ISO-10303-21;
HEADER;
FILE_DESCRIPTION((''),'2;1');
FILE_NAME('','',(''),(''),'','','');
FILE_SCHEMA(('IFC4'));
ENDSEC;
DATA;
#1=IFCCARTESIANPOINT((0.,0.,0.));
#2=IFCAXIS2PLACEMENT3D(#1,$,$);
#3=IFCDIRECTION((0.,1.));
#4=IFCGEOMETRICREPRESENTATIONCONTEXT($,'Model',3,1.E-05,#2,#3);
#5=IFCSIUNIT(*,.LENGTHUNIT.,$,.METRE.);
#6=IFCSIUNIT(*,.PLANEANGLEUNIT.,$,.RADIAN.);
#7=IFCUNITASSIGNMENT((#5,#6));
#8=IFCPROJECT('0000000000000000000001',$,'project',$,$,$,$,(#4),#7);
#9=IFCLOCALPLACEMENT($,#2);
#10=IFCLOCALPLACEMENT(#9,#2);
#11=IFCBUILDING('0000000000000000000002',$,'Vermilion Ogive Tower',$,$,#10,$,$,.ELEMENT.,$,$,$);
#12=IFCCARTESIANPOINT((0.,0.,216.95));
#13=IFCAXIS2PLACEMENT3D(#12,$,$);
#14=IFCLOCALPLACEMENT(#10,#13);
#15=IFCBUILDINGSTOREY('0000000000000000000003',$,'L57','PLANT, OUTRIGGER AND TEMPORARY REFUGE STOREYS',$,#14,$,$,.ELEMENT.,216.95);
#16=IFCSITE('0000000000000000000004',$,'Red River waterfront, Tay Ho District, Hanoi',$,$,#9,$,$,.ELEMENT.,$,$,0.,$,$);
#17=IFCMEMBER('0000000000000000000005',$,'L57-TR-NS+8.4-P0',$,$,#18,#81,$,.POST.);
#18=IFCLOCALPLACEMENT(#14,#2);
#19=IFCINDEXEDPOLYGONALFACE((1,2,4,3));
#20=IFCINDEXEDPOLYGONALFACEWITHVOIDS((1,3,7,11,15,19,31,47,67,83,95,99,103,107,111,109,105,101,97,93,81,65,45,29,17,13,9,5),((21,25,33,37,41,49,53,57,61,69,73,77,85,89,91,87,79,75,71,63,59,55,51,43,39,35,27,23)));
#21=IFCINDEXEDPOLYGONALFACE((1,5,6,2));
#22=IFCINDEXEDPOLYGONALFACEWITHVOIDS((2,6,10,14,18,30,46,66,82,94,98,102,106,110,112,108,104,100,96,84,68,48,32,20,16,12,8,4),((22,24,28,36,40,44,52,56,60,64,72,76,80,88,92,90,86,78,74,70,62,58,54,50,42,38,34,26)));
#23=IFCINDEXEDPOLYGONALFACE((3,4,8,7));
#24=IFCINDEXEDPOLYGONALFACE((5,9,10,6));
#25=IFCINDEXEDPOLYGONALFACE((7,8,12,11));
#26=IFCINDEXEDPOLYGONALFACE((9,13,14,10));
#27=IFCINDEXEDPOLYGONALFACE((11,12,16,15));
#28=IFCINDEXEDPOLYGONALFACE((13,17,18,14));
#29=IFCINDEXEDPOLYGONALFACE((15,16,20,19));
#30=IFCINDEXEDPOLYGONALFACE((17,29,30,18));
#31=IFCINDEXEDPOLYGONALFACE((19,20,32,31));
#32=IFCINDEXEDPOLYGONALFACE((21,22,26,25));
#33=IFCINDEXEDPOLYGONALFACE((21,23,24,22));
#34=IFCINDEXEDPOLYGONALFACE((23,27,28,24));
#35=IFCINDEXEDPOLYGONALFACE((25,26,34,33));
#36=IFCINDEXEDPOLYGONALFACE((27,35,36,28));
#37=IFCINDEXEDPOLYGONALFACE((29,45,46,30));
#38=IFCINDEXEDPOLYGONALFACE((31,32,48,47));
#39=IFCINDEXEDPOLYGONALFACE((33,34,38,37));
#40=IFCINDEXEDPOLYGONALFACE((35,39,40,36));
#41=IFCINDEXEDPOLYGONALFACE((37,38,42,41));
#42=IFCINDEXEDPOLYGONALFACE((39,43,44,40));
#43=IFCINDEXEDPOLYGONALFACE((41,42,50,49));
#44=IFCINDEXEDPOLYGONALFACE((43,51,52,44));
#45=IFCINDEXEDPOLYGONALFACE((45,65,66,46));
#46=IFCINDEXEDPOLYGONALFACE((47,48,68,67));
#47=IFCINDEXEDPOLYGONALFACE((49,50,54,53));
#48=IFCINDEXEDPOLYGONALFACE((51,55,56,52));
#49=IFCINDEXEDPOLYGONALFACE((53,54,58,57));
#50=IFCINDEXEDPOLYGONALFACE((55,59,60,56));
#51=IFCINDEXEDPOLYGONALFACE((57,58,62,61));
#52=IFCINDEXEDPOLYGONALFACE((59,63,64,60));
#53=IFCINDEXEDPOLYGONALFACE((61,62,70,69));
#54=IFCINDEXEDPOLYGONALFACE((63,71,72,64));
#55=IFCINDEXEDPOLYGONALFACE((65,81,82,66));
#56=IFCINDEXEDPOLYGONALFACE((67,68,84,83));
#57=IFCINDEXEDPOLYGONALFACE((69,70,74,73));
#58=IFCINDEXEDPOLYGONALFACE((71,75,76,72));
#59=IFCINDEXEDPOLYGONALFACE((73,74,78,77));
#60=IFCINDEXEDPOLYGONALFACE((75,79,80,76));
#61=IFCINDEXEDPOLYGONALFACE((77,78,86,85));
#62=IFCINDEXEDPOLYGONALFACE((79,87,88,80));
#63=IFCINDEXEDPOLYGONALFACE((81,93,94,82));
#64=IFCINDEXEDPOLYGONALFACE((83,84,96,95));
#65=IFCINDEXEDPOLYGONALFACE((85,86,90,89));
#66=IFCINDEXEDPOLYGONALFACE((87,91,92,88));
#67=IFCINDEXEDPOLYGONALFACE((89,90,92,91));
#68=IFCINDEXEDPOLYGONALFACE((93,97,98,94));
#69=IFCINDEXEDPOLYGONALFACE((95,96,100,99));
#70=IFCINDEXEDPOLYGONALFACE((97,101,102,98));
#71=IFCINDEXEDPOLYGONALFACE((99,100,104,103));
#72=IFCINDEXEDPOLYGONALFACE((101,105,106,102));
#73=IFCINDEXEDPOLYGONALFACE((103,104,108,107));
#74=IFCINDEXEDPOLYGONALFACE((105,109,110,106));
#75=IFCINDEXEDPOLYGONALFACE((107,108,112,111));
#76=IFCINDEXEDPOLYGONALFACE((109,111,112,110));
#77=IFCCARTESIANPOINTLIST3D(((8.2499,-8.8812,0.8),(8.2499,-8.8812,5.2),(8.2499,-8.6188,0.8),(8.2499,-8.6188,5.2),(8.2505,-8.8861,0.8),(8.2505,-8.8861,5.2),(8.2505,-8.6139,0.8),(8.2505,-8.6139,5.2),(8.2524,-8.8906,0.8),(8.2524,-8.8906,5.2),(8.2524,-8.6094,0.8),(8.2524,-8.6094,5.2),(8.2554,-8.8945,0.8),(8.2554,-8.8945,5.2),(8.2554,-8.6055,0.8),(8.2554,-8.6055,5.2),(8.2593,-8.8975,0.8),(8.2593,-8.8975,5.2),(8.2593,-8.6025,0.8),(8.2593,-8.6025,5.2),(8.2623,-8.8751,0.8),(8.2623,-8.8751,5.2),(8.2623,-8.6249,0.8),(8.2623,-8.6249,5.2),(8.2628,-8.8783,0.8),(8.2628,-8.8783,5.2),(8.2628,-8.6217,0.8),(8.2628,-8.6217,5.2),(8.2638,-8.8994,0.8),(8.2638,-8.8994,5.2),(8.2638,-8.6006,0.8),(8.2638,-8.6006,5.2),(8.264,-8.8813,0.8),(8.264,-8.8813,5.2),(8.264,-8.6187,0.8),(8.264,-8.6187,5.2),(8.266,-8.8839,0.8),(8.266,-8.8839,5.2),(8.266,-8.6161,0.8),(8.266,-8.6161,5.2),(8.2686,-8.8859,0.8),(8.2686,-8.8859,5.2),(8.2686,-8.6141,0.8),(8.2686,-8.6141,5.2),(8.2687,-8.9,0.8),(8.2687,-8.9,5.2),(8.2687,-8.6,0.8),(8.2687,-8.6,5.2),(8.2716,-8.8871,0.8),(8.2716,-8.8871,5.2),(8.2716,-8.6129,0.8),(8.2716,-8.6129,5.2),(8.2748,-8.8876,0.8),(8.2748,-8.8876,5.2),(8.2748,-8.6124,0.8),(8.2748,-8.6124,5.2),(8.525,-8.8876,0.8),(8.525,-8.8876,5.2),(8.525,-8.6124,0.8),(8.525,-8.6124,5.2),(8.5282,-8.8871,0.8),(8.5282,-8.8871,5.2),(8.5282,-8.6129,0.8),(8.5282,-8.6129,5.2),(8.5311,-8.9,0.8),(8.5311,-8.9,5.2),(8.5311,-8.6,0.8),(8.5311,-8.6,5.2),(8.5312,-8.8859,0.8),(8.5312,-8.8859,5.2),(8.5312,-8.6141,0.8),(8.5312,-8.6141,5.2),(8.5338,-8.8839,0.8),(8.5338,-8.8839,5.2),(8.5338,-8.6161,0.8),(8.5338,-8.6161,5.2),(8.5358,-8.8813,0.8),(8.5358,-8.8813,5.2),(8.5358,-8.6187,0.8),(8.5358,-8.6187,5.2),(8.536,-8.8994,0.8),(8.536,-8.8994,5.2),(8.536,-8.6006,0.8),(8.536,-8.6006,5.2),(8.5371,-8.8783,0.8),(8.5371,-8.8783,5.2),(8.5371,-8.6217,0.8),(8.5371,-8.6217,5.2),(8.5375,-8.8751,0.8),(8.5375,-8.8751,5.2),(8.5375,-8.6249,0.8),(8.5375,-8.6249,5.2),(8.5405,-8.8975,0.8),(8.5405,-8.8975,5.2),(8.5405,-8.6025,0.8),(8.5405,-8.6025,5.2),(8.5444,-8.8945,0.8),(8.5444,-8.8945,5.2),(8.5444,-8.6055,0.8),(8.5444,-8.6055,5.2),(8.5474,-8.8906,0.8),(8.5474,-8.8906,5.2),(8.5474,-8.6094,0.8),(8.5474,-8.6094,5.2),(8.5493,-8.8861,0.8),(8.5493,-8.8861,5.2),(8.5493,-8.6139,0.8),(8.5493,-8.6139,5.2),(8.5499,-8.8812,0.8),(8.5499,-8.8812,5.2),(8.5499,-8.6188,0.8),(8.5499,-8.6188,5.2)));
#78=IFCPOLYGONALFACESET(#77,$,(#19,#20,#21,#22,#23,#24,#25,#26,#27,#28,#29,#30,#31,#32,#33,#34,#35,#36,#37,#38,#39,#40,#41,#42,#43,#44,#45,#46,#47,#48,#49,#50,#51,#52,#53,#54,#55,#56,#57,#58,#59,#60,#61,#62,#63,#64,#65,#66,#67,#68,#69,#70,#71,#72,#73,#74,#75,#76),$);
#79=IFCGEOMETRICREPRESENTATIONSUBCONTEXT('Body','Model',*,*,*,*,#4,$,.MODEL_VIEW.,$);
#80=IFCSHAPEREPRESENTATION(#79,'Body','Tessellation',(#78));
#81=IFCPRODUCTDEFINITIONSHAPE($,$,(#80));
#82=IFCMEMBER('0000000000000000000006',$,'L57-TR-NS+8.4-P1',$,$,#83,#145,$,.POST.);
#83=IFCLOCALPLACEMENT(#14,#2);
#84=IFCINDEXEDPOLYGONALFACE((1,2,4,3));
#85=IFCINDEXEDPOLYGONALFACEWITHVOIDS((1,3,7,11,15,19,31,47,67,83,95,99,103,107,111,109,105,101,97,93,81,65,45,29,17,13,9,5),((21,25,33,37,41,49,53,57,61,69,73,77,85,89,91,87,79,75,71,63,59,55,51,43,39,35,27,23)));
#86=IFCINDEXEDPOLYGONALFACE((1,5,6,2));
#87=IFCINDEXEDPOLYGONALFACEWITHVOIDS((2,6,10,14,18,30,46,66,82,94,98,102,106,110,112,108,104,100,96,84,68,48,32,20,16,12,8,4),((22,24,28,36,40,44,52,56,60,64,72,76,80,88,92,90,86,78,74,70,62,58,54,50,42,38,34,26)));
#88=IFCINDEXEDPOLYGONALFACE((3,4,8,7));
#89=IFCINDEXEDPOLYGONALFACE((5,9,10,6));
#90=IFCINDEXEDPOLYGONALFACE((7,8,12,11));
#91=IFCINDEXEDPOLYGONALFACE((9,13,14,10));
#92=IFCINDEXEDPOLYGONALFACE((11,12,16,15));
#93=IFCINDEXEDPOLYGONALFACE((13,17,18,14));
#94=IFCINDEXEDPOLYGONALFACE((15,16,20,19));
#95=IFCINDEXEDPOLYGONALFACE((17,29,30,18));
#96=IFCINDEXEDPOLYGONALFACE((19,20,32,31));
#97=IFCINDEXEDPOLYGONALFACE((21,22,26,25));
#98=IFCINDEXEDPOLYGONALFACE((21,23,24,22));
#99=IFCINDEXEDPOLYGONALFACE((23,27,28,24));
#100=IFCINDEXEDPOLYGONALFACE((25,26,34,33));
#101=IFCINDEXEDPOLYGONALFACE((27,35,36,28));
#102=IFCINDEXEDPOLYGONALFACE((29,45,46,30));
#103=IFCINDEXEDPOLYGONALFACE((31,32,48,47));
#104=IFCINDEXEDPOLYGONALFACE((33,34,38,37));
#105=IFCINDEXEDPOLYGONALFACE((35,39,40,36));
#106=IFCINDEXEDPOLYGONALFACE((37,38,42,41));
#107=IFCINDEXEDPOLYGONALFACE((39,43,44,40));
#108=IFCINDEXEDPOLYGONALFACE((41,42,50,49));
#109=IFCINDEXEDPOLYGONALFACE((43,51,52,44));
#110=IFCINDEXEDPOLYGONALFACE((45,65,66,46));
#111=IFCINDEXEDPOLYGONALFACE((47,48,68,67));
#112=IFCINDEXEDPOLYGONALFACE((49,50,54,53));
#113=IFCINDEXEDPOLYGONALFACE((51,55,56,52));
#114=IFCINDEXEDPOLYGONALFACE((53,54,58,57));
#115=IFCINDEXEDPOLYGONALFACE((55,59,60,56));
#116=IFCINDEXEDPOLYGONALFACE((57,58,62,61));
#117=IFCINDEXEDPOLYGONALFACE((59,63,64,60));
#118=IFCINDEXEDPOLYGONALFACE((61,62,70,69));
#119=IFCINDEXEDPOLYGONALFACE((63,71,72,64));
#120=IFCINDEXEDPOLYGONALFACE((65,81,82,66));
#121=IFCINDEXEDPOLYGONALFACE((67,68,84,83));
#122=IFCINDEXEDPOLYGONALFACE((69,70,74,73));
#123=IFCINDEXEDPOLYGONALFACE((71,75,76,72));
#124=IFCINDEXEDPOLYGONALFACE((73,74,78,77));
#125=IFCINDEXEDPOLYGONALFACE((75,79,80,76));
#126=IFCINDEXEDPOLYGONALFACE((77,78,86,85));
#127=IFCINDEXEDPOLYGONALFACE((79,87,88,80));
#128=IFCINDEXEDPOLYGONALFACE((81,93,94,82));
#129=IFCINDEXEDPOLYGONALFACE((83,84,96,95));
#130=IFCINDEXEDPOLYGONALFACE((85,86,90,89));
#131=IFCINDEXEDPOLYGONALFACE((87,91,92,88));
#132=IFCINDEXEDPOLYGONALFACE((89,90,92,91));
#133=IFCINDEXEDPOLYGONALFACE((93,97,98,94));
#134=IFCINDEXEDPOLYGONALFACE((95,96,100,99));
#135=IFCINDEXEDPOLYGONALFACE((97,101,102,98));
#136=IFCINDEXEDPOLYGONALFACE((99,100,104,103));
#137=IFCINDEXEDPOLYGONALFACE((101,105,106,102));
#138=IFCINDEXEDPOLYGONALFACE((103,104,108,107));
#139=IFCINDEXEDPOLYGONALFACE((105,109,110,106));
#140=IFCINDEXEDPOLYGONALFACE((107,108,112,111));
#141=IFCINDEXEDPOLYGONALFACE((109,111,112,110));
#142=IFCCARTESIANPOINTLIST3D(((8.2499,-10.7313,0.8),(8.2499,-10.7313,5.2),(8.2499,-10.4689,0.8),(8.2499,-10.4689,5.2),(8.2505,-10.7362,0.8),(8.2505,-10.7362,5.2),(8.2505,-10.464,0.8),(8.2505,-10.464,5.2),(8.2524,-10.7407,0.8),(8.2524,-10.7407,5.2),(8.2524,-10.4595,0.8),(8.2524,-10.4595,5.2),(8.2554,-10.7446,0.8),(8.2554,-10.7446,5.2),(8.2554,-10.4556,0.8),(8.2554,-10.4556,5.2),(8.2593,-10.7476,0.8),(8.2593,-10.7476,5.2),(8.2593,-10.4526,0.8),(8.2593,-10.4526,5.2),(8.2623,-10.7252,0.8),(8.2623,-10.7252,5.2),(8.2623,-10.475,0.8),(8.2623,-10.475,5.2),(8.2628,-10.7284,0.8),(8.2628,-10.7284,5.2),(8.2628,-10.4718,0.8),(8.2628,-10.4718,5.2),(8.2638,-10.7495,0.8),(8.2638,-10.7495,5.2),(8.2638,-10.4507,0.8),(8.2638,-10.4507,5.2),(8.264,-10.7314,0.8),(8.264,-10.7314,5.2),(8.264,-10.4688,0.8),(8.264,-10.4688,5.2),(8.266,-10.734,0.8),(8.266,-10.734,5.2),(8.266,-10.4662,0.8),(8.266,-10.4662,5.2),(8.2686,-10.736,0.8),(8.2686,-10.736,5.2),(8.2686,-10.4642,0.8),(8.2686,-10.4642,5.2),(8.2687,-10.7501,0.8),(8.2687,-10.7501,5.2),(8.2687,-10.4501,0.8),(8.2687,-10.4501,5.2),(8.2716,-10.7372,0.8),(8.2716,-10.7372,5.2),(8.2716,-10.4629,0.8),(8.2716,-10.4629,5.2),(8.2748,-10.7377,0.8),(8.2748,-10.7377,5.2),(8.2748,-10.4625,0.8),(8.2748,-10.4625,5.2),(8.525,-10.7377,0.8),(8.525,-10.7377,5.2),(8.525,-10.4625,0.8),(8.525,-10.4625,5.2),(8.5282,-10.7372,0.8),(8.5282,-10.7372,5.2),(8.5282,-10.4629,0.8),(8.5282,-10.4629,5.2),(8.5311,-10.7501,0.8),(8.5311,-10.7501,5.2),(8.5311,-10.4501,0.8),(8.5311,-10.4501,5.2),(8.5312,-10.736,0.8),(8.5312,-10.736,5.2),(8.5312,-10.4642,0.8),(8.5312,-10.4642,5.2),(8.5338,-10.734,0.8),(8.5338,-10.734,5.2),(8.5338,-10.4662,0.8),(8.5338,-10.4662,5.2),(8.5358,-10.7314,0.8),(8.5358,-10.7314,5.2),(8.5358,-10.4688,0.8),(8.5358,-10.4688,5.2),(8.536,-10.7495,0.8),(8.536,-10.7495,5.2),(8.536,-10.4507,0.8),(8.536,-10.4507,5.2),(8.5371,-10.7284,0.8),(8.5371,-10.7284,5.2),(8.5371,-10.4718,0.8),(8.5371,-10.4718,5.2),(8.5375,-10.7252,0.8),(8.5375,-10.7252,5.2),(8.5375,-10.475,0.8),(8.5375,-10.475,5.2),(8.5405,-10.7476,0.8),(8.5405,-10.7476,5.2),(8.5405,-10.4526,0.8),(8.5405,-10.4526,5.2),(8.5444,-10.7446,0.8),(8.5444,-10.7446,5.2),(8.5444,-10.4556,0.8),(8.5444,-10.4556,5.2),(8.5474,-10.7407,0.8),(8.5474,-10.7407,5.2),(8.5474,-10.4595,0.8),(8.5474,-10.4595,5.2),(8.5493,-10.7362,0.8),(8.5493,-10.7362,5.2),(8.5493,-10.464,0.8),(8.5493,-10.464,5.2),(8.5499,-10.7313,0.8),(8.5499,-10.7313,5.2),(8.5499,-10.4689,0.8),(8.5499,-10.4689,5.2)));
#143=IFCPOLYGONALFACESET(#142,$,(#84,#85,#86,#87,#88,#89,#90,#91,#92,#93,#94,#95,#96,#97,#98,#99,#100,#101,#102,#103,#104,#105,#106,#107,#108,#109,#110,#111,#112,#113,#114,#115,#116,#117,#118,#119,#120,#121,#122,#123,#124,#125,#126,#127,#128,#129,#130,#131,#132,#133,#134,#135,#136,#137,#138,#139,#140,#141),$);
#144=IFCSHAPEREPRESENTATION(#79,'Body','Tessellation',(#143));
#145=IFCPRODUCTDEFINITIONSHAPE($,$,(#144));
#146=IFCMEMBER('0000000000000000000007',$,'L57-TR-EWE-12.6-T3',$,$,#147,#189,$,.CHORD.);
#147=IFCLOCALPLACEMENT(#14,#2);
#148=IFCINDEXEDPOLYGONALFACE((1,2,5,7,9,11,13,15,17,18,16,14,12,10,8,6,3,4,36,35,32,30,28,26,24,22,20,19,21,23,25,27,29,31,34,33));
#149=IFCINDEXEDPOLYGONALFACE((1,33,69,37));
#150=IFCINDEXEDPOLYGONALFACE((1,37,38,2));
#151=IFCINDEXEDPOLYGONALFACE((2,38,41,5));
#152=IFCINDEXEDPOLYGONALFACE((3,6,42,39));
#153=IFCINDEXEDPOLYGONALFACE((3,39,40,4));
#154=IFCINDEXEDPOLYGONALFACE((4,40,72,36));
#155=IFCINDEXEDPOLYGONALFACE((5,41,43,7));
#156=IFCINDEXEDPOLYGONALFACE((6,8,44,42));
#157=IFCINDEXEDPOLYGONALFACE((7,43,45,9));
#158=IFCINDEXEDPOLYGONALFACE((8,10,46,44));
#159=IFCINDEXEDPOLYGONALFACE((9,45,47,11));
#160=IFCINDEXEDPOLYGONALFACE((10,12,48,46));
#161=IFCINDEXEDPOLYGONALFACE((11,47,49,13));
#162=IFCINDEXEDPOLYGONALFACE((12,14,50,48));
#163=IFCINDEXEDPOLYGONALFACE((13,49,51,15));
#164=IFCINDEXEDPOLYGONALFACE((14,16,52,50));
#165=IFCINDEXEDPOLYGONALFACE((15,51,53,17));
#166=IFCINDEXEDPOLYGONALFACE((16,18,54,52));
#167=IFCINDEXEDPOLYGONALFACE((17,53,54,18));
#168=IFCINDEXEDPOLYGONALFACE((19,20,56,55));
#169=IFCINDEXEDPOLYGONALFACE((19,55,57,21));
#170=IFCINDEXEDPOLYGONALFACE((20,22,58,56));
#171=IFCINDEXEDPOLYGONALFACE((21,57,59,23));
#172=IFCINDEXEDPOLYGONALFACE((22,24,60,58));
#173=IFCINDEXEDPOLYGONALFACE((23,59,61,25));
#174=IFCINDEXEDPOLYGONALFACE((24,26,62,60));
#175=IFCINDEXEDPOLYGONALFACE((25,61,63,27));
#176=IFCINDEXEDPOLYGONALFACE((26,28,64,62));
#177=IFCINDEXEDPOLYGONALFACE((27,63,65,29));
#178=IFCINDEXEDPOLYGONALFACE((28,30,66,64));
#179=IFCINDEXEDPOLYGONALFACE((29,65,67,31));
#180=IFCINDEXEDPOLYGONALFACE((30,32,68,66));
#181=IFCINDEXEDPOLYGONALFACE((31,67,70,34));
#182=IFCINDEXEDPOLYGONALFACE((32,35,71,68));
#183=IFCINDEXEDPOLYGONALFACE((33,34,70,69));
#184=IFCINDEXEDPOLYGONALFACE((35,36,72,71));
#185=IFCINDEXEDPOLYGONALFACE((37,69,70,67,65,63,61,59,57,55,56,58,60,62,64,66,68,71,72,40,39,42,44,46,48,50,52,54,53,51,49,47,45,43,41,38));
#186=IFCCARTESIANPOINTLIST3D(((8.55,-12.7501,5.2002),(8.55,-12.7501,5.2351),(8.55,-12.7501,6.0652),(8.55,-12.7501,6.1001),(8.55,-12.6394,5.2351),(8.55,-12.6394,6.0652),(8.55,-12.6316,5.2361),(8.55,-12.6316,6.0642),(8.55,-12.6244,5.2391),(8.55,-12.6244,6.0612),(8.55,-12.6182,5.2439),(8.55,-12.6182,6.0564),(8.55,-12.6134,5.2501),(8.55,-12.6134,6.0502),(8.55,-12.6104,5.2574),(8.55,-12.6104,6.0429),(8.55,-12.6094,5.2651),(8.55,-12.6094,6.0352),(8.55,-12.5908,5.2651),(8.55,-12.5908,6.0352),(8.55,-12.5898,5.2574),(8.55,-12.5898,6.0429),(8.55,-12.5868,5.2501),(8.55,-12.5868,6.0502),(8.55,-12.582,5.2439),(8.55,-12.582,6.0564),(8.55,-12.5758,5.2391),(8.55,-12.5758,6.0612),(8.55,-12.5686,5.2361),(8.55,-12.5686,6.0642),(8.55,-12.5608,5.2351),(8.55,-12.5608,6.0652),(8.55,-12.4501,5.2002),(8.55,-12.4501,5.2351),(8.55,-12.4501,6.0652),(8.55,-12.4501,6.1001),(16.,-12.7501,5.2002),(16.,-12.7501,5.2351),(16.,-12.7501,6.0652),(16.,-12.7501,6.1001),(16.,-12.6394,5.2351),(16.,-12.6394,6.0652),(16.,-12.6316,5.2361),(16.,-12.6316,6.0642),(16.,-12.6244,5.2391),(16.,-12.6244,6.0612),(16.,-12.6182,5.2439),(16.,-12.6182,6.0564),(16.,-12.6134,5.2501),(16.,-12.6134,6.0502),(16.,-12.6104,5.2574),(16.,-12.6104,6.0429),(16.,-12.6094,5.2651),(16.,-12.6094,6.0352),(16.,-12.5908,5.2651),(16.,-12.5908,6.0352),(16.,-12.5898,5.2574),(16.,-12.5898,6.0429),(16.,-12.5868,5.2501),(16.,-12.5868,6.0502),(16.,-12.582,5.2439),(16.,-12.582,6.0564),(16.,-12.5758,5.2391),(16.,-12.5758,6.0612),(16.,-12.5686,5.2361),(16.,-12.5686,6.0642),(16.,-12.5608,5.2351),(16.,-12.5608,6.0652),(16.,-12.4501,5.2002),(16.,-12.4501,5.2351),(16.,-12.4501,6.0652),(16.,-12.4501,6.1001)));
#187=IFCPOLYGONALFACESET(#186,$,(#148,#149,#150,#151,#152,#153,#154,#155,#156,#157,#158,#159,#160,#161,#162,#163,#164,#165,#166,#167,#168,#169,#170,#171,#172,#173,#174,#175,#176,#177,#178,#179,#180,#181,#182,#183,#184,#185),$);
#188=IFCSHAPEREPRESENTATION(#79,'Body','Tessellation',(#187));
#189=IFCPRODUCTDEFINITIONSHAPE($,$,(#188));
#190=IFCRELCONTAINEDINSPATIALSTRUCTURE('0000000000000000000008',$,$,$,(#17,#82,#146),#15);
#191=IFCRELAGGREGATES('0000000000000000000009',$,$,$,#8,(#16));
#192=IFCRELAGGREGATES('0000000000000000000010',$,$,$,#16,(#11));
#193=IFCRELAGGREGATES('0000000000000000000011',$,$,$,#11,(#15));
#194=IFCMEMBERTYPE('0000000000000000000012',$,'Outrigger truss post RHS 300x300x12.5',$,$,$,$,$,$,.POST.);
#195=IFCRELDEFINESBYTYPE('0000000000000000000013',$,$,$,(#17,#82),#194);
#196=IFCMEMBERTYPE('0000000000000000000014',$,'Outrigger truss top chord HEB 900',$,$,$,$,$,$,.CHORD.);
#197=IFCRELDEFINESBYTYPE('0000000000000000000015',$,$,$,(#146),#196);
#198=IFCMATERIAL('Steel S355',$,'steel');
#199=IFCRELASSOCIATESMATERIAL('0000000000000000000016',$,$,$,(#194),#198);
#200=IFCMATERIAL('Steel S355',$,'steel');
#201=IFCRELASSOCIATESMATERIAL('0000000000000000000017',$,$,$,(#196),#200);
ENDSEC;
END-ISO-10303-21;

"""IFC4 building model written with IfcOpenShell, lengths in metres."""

from ifc_helpers import new_model, si_unit, direction, frame, origin, origin_2d, place, context, subcontext, project, spatial, hollow_rectangle, i_section, extrude, material, material_profile, profile_set, type_object, element, save


model = new_model("IFC4")

# Units and contexts
model_context = context("Model", 3, precision=1e-05, world=origin(), true_north=direction((0.0, 1.0)))
body_context = subcontext(model_context, "Body", "Model", "MODEL_VIEW")
ifc_project = project(units=[si_unit("LENGTHUNIT", "METRE"), si_unit("PLANEANGLEUNIT", "RADIAN")], contexts=[model_context])

# Site, building, storey
site_placement = place(None, origin())
site = spatial("IfcSite", under=ifc_project, at=site_placement, Name="Red River waterfront, Tay Ho District, Hanoi", CompositionType="ELEMENT", RefElevation=0.0)
building_placement = place(site_placement, origin())
building = spatial("IfcBuilding", under=site, at=building_placement, Name="Vermilion Ogive Tower", CompositionType="ELEMENT")
storey_placement = place(building_placement, frame((0.0, 0.0, 216.95)))
storey = spatial("IfcBuildingStorey", under=building, at=storey_placement, Name="L57", Description="PLANT, OUTRIGGER AND TEMPORARY REFUGE STOREYS", CompositionType="ELEMENT", Elevation=216.95)

# Members
ifc_material_1 = material(Name="Steel S355", Category="steel")
ifc_material_profile_1 = material_profile(ifc_material_1, hollow_rectangle(XDim=0.3, YDim=0.3, WallThickness=0.0125, InnerFilletRadius=0.0125, OuterFilletRadius=0.0188, at=origin_2d()), Name="RHS 300x300x12.5")
ifc_profile_set_1 = profile_set([ifc_material_profile_1], Name="Steel S355")
member_type_1 = type_object("IfcMemberType", Name="Outrigger truss post RHS 300x300x12.5", PredefinedType="POST", material=ifc_profile_set_1)
for number, where, z_axis, x_axis, name in (
    (1, (8.3999, -8.75, 0.8), (0.0, 0.0, 1.0), (1.0, 0.0, 0.0), "L57-TR-NS+8.4-P0"),
    (2, (8.3999, -10.6001, 0.8), (0.0, 0.0, 1.0), (1.0, 0.0, 0.0), "L57-TR-NS+8.4-P1"),
):
    element("IfcMember", number, at=place(storey_placement, frame(where, z_axis=z_axis, x_axis=x_axis)), inside=storey, type_object=member_type_1, Name=name, PredefinedType="POST", context=body_context, shape_type="SweptSolid", body=[
        extrude(hollow_rectangle(XDim=0.3, YDim=0.3, WallThickness=0.0125, InnerFilletRadius=0.0125, OuterFilletRadius=0.0188, at=origin_2d()), origin(), (0.0, 0.0, 1.0), 4.3999),
    ])
ifc_material_2 = material(Name="Steel S355", Category="steel")
ifc_material_profile_2 = material_profile(ifc_material_2, i_section(OverallWidth=0.3, OverallDepth=0.8999, WebThickness=0.0186, FlangeThickness=0.0349, FilletRadius=0.03, at=origin_2d()), Name="HEB 900")
ifc_profile_set_2 = profile_set([ifc_material_profile_2], Name="Steel S355")
member_type_2 = type_object("IfcMemberType", Name="Outrigger truss top chord HEB 900", PredefinedType="CHORD", material=ifc_profile_set_2)
member_1_placement = place(storey_placement, frame((8.55, -12.6001, 5.6501), z_axis=(1.0, 0.0, 0.0), x_axis=(0.0, 1.0, 0.0)))
element("IfcMember", 3, at=member_1_placement, inside=storey, type_object=member_type_2, Name="L57-TR-EWE-12.6-T3", PredefinedType="CHORD", context=body_context, shape_type="SweptSolid", body=[
    extrude(i_section(OverallWidth=0.3, OverallDepth=0.8999, WebThickness=0.0186, FlangeThickness=0.0349, FilletRadius=0.03, at=origin_2d()), origin(), (0.0, 0.0, 1.0), 7.45),
])

save(model, "model.ifc")
